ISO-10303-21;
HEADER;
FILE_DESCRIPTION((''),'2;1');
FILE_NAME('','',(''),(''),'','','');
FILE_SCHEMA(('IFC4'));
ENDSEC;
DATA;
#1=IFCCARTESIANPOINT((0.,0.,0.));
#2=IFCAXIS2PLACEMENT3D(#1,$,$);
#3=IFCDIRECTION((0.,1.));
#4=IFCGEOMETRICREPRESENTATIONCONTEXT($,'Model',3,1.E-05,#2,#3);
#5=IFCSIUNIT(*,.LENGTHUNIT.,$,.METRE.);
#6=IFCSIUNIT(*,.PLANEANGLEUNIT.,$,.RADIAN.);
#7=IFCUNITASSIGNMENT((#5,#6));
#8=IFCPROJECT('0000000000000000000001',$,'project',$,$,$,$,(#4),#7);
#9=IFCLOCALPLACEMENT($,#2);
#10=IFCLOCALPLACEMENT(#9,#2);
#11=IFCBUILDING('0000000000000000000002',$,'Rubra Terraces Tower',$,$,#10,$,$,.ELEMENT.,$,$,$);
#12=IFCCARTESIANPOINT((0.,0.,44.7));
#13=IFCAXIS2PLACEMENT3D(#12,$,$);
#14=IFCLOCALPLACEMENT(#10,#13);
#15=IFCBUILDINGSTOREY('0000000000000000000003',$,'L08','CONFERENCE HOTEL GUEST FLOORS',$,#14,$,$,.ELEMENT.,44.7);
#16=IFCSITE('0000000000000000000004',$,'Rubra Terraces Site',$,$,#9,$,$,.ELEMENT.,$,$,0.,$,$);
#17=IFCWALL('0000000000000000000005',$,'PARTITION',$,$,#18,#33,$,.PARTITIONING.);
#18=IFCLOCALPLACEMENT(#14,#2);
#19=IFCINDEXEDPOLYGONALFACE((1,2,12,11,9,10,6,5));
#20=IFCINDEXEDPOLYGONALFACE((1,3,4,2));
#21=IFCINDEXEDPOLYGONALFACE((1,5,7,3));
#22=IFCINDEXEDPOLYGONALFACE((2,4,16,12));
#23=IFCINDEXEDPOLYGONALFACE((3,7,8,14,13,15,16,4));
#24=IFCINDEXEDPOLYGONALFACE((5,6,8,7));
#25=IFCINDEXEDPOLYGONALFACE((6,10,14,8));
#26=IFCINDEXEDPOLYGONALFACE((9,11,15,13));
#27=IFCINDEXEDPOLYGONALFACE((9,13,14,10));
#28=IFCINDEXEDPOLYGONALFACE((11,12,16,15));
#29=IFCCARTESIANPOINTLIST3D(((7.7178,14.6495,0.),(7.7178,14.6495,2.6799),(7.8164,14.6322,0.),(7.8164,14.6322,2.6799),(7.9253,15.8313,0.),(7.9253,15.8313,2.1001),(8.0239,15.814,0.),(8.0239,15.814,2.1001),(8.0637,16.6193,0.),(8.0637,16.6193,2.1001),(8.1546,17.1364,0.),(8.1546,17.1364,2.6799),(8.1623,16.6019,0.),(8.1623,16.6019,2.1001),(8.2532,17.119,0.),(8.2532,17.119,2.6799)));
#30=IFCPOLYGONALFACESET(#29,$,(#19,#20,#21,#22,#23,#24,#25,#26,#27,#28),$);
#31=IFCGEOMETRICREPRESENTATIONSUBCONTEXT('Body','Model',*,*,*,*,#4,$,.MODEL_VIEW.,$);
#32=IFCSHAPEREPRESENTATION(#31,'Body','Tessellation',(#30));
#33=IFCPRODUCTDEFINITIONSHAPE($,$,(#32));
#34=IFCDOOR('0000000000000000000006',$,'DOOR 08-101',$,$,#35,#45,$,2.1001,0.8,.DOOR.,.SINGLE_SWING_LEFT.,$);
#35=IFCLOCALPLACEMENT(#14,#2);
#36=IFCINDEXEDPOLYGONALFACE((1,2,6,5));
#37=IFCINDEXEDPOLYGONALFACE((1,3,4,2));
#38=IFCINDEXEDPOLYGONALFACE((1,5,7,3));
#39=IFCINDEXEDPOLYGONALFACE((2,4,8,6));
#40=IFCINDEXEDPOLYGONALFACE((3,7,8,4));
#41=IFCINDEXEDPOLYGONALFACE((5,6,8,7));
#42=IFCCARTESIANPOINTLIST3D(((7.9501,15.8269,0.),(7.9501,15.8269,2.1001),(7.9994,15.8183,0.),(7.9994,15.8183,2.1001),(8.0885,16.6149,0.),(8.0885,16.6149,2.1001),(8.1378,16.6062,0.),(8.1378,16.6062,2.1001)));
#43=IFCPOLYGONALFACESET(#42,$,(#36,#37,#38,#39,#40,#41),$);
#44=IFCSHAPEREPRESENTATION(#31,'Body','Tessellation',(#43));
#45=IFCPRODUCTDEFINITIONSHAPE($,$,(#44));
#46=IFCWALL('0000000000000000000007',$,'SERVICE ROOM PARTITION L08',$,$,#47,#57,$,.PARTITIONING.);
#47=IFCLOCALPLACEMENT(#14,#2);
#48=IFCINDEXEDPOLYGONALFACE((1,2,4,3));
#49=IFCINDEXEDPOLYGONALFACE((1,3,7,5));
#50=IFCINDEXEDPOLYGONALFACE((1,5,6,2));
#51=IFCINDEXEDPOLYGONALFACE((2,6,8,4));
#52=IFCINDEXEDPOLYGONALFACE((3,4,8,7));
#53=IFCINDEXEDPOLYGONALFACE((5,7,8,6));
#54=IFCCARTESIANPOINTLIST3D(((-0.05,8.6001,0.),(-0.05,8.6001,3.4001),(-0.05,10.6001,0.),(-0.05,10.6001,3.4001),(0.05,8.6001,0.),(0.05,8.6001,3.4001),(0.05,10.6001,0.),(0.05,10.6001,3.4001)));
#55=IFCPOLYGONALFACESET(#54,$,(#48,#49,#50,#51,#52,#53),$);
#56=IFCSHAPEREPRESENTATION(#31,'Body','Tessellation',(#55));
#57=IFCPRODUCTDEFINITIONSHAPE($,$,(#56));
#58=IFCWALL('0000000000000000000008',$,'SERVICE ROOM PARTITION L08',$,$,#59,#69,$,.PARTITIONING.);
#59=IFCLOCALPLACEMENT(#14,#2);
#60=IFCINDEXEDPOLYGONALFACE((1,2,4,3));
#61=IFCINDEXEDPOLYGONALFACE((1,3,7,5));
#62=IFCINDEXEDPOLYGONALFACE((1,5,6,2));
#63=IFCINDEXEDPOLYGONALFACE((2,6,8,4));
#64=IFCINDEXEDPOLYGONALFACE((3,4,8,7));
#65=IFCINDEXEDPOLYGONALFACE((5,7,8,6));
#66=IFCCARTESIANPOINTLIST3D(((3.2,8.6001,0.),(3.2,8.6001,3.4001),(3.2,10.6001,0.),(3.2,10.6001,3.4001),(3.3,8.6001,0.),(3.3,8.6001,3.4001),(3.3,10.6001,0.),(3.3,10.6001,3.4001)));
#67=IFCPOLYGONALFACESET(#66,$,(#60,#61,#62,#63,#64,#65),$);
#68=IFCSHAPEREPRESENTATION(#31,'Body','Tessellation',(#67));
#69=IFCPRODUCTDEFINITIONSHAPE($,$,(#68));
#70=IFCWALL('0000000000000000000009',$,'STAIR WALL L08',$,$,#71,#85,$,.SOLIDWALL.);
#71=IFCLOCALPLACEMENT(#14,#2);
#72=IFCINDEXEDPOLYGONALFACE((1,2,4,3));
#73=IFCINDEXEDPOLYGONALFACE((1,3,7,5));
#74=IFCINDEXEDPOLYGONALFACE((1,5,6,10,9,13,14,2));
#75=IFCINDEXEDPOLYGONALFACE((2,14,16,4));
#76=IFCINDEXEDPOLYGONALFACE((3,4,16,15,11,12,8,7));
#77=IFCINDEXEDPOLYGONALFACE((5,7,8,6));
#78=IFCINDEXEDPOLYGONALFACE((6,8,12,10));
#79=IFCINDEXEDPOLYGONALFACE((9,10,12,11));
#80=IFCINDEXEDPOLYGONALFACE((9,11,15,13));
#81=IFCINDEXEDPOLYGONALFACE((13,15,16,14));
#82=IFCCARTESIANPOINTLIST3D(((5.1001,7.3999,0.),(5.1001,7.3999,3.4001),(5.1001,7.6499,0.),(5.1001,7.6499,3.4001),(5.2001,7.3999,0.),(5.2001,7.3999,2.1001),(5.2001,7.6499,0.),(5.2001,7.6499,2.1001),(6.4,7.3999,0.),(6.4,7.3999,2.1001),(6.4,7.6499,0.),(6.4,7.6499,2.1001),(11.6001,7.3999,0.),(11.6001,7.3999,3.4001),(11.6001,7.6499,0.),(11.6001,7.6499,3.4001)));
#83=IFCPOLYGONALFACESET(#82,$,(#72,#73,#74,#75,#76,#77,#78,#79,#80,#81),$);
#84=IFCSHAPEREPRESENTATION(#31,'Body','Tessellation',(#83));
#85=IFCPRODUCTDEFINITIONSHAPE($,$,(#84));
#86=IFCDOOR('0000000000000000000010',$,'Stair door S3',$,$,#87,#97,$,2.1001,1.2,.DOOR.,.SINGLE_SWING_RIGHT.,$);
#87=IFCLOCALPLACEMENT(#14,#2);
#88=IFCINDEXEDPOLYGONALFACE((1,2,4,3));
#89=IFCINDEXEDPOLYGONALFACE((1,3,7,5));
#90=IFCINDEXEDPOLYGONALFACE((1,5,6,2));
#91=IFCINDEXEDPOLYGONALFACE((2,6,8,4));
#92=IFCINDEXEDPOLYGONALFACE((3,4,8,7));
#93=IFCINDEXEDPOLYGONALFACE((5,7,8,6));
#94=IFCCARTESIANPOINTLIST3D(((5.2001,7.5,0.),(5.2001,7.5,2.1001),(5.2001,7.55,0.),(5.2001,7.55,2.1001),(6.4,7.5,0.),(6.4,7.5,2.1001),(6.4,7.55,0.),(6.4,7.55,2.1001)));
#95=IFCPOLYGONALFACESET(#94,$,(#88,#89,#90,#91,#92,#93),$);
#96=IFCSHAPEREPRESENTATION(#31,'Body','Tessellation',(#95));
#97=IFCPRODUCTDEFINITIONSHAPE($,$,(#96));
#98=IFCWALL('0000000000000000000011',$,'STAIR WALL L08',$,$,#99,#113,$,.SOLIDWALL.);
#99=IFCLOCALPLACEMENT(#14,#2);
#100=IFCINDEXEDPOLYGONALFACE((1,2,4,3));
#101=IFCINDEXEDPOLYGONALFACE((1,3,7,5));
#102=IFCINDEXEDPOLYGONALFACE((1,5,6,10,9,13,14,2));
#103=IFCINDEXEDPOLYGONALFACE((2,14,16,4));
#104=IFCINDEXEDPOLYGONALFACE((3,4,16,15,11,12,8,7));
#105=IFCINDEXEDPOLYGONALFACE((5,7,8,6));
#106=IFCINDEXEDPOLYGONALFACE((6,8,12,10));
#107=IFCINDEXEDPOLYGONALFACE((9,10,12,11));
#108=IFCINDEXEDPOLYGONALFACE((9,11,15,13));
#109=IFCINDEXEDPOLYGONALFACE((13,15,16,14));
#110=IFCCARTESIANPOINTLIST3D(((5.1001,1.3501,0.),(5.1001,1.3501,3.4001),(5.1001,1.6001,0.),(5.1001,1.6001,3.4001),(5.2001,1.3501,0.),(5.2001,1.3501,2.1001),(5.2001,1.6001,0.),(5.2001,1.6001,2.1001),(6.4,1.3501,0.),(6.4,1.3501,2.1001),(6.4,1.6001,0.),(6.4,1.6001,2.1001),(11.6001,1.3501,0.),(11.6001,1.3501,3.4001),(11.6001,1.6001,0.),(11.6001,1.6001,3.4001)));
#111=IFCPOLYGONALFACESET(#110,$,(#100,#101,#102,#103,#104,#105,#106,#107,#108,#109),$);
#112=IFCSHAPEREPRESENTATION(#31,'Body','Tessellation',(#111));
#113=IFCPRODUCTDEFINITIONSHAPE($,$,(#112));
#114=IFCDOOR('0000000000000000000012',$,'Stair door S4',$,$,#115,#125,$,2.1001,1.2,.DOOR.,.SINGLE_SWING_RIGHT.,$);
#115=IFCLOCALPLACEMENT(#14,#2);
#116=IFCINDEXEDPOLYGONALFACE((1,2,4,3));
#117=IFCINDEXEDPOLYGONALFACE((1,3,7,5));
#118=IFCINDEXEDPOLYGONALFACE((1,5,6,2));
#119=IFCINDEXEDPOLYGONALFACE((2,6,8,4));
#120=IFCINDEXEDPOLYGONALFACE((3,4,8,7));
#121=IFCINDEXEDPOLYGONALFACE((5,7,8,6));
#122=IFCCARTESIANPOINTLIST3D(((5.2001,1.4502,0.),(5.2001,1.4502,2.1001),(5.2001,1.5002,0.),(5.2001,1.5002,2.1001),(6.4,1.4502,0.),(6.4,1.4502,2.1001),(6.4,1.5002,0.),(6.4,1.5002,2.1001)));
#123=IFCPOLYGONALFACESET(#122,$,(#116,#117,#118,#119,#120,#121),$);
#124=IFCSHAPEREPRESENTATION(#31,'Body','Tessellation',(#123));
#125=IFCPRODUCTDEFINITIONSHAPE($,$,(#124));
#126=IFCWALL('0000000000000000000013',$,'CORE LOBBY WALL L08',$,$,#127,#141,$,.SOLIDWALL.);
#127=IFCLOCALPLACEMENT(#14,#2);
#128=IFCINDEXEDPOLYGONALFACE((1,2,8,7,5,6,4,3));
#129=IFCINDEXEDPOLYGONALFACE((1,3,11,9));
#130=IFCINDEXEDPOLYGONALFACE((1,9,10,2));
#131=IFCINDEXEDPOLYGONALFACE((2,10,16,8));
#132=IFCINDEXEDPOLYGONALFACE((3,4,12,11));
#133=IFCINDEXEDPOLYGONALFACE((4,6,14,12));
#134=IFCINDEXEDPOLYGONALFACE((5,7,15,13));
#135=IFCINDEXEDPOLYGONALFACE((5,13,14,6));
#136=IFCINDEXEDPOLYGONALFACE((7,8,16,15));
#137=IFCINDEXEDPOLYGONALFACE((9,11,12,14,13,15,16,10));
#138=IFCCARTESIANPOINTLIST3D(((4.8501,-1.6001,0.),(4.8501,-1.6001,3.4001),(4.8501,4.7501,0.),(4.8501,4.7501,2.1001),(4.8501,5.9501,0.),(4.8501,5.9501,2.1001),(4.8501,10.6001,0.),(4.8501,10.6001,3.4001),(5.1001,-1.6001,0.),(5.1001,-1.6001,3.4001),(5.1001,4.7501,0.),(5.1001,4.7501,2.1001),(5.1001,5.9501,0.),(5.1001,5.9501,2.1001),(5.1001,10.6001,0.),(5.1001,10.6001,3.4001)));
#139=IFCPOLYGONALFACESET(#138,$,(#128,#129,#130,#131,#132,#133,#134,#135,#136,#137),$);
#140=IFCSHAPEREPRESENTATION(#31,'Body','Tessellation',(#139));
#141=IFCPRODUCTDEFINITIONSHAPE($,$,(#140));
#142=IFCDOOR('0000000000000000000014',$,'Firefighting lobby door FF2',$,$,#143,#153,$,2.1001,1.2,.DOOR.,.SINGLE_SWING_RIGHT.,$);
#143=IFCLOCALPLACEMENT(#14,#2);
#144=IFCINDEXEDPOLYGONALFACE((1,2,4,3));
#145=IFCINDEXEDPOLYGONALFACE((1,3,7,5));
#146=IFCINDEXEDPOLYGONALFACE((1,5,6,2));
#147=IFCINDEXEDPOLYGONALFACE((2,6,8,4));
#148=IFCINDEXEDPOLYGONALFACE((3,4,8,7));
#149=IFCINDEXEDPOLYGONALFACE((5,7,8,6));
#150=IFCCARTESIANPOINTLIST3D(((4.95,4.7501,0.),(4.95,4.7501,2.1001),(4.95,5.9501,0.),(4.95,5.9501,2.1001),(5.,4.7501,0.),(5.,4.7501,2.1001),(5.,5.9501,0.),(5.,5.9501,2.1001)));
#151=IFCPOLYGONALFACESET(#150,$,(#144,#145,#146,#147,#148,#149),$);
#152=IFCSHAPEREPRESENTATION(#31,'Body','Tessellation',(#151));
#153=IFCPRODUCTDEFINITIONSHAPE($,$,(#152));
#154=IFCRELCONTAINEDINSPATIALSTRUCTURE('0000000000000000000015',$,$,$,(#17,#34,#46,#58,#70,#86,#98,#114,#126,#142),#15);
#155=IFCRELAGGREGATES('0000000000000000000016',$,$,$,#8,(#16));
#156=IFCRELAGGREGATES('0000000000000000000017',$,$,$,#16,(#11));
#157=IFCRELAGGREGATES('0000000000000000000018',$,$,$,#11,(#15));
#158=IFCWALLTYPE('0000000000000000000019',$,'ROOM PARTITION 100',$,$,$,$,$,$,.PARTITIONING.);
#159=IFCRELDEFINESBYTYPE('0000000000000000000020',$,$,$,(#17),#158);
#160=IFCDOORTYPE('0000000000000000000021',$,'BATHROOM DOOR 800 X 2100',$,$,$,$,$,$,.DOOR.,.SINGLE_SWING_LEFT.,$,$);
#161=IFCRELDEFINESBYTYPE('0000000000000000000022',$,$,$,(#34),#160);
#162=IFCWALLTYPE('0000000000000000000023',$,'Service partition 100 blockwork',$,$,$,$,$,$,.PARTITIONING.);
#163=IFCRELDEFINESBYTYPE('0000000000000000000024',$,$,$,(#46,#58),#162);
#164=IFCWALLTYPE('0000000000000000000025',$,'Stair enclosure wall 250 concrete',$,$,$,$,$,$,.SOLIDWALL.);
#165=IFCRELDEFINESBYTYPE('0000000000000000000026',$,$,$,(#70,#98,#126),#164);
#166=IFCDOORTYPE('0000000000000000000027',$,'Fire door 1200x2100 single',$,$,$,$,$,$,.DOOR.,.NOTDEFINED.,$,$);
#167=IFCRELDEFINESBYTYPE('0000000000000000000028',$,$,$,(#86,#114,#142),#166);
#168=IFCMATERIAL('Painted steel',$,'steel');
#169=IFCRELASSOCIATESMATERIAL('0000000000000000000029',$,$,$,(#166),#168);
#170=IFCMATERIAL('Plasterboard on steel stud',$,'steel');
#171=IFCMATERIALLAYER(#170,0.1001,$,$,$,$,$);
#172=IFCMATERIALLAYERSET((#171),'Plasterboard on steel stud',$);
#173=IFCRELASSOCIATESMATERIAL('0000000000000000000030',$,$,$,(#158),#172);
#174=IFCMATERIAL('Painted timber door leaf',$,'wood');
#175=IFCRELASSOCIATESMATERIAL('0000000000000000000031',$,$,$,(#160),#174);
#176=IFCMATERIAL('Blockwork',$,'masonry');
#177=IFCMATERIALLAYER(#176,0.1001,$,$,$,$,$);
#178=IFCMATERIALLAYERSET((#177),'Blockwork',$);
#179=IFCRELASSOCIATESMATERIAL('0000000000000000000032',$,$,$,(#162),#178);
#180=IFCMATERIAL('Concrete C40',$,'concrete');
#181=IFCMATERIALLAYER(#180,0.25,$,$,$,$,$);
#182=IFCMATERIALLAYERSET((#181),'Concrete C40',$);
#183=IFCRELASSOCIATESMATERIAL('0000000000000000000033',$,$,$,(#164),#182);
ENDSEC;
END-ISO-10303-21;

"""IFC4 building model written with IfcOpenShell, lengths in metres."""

from ifc_helpers import new_model, si_unit, direction, frame, frame_2d, origin, place, context, subcontext, project, spatial, rectangle, extrude, material, layer, layer_set, type_object, element, fill, save


model = new_model("IFC4")

# Units and contexts
model_context = context("Model", 3, precision=1e-05, world=origin(), true_north=direction((0.0, 1.0)))
body_context = subcontext(model_context, "Body", "Model", "MODEL_VIEW")
ifc_project = project(units=[si_unit("LENGTHUNIT", "METRE"), si_unit("PLANEANGLEUNIT", "RADIAN")], contexts=[model_context])

# Site, building, storey
site_placement = place(None, origin())
site = spatial("IfcSite", under=ifc_project, at=site_placement, Name="Rubra Terraces Site", CompositionType="ELEMENT", RefElevation=0.0)
building_placement = place(site_placement, origin())
building = spatial("IfcBuilding", under=site, at=building_placement, Name="Rubra Terraces Tower", CompositionType="ELEMENT")
storey_placement = place(building_placement, frame((0.0, 0.0, 44.7)))
storey = spatial("IfcBuildingStorey", under=building, at=storey_placement, Name="L08", Description="CONFERENCE HOTEL GUEST FLOORS", CompositionType="ELEMENT", Elevation=44.7)

# Shared definitions
ifc_material_1 = material(Name="Concrete C40", Category="concrete")

# Shared definitions
ifc_material_2 = material(Name="Painted steel", Category="steel")
door_type_1 = type_object("IfcDoorType", Name="Fire door 1200x2100 single", OperationType="NOTDEFINED", PredefinedType="DOOR", material=ifc_material_2)

# Wall, opening, door
ifc_material_3 = material(Name="Plasterboard on steel stud", Category="steel")
ifc_layer_1 = layer(ifc_material_3, 0.1001)
ifc_layer_set_1 = layer_set([ifc_layer_1], Name="Plasterboard on steel stud")
wall_type_1 = type_object("IfcWallType", Name="ROOM PARTITION 100", PredefinedType="PARTITIONING", material=ifc_layer_set_1)
wall_1_placement = place(storey_placement, frame((7.7671, 14.6409, 0.0), z_axis=(0.0, 0.0, 1.0), x_axis=(0.172985, 0.984924, 0.0)))
wall_1 = element("IfcWall", 1, at=wall_1_placement, inside=storey, type_object=wall_type_1, Name="PARTITION", PredefinedType="PARTITIONING", context=body_context, shape_type="SweptSolid", body=[
    extrude(rectangle(XDim=2.5249, YDim=0.1001, at=frame_2d((1.2625, 0.0))), origin(), (0.0, 0.0, 1.0), 2.6799),
])
opening_1_placement = place(wall_1_placement, frame((1.2, 0.0, 0.0)))
opening_1 = element("IfcOpeningElement", 2, at=opening_1_placement, cuts=wall_1, PredefinedType="OPENING", context=body_context, shape_type="SweptSolid", body=[
    extrude(rectangle(XDim=0.8, YDim=2.1001, at=frame_2d((0.3999, 1.05))), frame((0.0, 0.0601, 0.0), z_axis=(0.0, -1.0, 0.0), x_axis=(1.0, 0.0, 0.0)), (0.0, 0.0, 1.0), 0.1201),
])
ifc_material_4 = material(Name="Painted timber door leaf", Category="wood")
door_type_2 = type_object("IfcDoorType", Name="BATHROOM DOOR 800 X 2100", OperationType="SINGLE_SWING_LEFT", PredefinedType="DOOR", material=ifc_material_4)
door_1_placement = place(opening_1_placement, origin())
door_1 = element("IfcDoor", 3, at=door_1_placement, inside=storey, type_object=door_type_2, Name="DOOR 08-101", OperationType="SINGLE_SWING_LEFT", OverallHeight=2.1001, OverallWidth=0.8, PredefinedType="DOOR", context=body_context, shape_type="SweptSolid", body=[
    extrude(rectangle(XDim=0.8, YDim=2.1001, at=frame_2d((0.3999, 1.05))), frame((0.0, 0.0249, 0.0), z_axis=(0.0, -1.0, 0.0), x_axis=(1.0, 0.0, 0.0)), (0.0, 0.0, 1.0), 0.05),
])
fill(opening_1, door_1)

# Walls
ifc_material_5 = material(Name="Blockwork", Category="masonry")
ifc_layer_2 = layer(ifc_material_5, 0.1001)
ifc_layer_set_2 = layer_set([ifc_layer_2], Name="Blockwork")
wall_type_2 = type_object("IfcWallType", Name="Service partition 100 blockwork", PredefinedType="PARTITIONING", material=ifc_layer_set_2)
for number, where, z_axis, x_axis, name in (
    (4, (0.0, 8.6001, 0.0), (0.0, 0.0, 1.0), (0.0, 1.0, 0.0), "SERVICE ROOM PARTITION L08"),
    (5, (3.25, 8.6001, 0.0), (0.0, 0.0, 1.0), (0.0, 1.0, 0.0), "SERVICE ROOM PARTITION L08"),
):
    element("IfcWall", number, at=place(storey_placement, frame(where, z_axis=z_axis, x_axis=x_axis)), inside=storey, type_object=wall_type_2, Name=name, PredefinedType="PARTITIONING", context=body_context, shape_type="SweptSolid", body=[
        extrude(rectangle(XDim=2.0, YDim=0.1001, at=frame_2d((1.0, 0.0))), origin(), (0.0, 0.0, 1.0), 3.4001),
    ])

# Walls, openings, doors
ifc_layer_3 = layer(ifc_material_1, 0.25)
ifc_layer_set_3 = layer_set([ifc_layer_3], Name="Concrete C40")
wall_type_3 = type_object("IfcWallType", Name="Stair enclosure wall 250 concrete", PredefinedType="SOLIDWALL", material=ifc_layer_set_3)
wall_2_placement = place(storey_placement, frame((11.6001, 7.5249, 0.0), z_axis=(0.0, 0.0, 1.0), x_axis=(-1.0, 0.0, 0.0)))
wall_2 = element("IfcWall", 6, at=wall_2_placement, inside=storey, type_object=wall_type_3, Name="STAIR WALL L08", PredefinedType="SOLIDWALL", context=body_context, shape_type="SweptSolid", body=[
    extrude(rectangle(XDim=6.5, YDim=0.25, at=frame_2d((3.25, 0.0))), origin(), (0.0, 0.0, 1.0), 3.4001),
])
opening_2_placement = place(wall_2_placement, frame((5.2, 0.0, 0.0)))
opening_2 = element("IfcOpeningElement", 7, at=opening_2_placement, cuts=wall_2, PredefinedType="OPENING", context=body_context, shape_type="SweptSolid", body=[
    extrude(rectangle(XDim=1.2, YDim=2.1001, at=frame_2d((0.6001, 1.05))), frame((0.0, 0.135, 0.0), z_axis=(0.0, -1.0, 0.0), x_axis=(1.0, 0.0, 0.0)), (0.0, 0.0, 1.0), 0.27),
])
door_2_placement = place(opening_2_placement, origin())
door_2 = element("IfcDoor", 8, at=door_2_placement, inside=storey, type_object=door_type_1, Name="Stair door S3", OperationType="SINGLE_SWING_RIGHT", OverallHeight=2.1001, OverallWidth=1.2, PredefinedType="DOOR", context=body_context, shape_type="SweptSolid", body=[
    extrude(rectangle(XDim=1.2, YDim=2.1001, at=frame_2d((0.6001, 1.05))), frame((0.0, 0.0249, 0.0), z_axis=(0.0, -1.0, 0.0), x_axis=(1.0, 0.0, 0.0)), (0.0, 0.0, 1.0), 0.05),
])
fill(opening_2, door_2)
wall_3_placement = place(storey_placement, frame((11.6001, 1.4751, 0.0), z_axis=(0.0, 0.0, 1.0), x_axis=(-1.0, 0.0, 0.0)))
wall_3 = element("IfcWall", 9, at=wall_3_placement, inside=storey, type_object=wall_type_3, Name="STAIR WALL L08", PredefinedType="SOLIDWALL", context=body_context, shape_type="SweptSolid", body=[
    extrude(rectangle(XDim=6.5, YDim=0.25, at=frame_2d((3.25, 0.0))), origin(), (0.0, 0.0, 1.0), 3.4001),
])
opening_3_placement = place(wall_3_placement, frame((5.2, 0.0, 0.0)))
opening_3 = element("IfcOpeningElement", 10, at=opening_3_placement, cuts=wall_3, PredefinedType="OPENING", context=body_context, shape_type="SweptSolid", body=[
    extrude(rectangle(XDim=1.2, YDim=2.1001, at=frame_2d((0.6001, 1.05))), frame((0.0, 0.135, 0.0), z_axis=(0.0, -1.0, 0.0), x_axis=(1.0, 0.0, 0.0)), (0.0, 0.0, 1.0), 0.27),
])
door_3_placement = place(opening_3_placement, origin())
door_3 = element("IfcDoor", 11, at=door_3_placement, inside=storey, type_object=door_type_1, Name="Stair door S4", OperationType="SINGLE_SWING_RIGHT", OverallHeight=2.1001, OverallWidth=1.2, PredefinedType="DOOR", context=body_context, shape_type="SweptSolid", body=[
    extrude(rectangle(XDim=1.2, YDim=2.1001, at=frame_2d((0.6001, 1.05))), frame((0.0, 0.0249, 0.0), z_axis=(0.0, -1.0, 0.0), x_axis=(1.0, 0.0, 0.0)), (0.0, 0.0, 1.0), 0.05),
])
fill(opening_3, door_3)
wall_4_placement = place(storey_placement, frame((4.9751, 10.6001, 0.0), z_axis=(0.0, 0.0, 1.0), x_axis=(0.0, -1.0, 0.0)))
wall_4 = element("IfcWall", 12, at=wall_4_placement, inside=storey, type_object=wall_type_3, Name="CORE LOBBY WALL L08", PredefinedType="SOLIDWALL", context=body_context, shape_type="SweptSolid", body=[
    extrude(rectangle(XDim=12.2002, YDim=0.25, at=frame_2d((6.1001, 0.0))), origin(), (0.0, 0.0, 1.0), 3.4001),
])
opening_4_placement = place(wall_4_placement, frame((4.6499, 0.0, 0.0)))
opening_4 = element("IfcOpeningElement", 13, at=opening_4_placement, cuts=wall_4, PredefinedType="OPENING", context=body_context, shape_type="SweptSolid", body=[
    extrude(rectangle(XDim=1.2, YDim=2.1001, at=frame_2d((0.6001, 1.05))), frame((0.0, 0.135, 0.0), z_axis=(0.0, -1.0, 0.0), x_axis=(1.0, 0.0, 0.0)), (0.0, 0.0, 1.0), 0.27),
])
door_4_placement = place(opening_4_placement, origin())
door_4 = element("IfcDoor", 14, at=door_4_placement, inside=storey, type_object=door_type_1, Name="Firefighting lobby door FF2", OperationType="SINGLE_SWING_RIGHT", OverallHeight=2.1001, OverallWidth=1.2, PredefinedType="DOOR", context=body_context, shape_type="SweptSolid", body=[
    extrude(rectangle(XDim=1.2, YDim=2.1001, at=frame_2d((0.6001, 1.05))), frame((0.0, 0.0249, 0.0), z_axis=(0.0, -1.0, 0.0), x_axis=(1.0, 0.0, 0.0)), (0.0, 0.0, 1.0), 0.05),
])
fill(opening_4, door_4)

save(model, "model.ifc")
